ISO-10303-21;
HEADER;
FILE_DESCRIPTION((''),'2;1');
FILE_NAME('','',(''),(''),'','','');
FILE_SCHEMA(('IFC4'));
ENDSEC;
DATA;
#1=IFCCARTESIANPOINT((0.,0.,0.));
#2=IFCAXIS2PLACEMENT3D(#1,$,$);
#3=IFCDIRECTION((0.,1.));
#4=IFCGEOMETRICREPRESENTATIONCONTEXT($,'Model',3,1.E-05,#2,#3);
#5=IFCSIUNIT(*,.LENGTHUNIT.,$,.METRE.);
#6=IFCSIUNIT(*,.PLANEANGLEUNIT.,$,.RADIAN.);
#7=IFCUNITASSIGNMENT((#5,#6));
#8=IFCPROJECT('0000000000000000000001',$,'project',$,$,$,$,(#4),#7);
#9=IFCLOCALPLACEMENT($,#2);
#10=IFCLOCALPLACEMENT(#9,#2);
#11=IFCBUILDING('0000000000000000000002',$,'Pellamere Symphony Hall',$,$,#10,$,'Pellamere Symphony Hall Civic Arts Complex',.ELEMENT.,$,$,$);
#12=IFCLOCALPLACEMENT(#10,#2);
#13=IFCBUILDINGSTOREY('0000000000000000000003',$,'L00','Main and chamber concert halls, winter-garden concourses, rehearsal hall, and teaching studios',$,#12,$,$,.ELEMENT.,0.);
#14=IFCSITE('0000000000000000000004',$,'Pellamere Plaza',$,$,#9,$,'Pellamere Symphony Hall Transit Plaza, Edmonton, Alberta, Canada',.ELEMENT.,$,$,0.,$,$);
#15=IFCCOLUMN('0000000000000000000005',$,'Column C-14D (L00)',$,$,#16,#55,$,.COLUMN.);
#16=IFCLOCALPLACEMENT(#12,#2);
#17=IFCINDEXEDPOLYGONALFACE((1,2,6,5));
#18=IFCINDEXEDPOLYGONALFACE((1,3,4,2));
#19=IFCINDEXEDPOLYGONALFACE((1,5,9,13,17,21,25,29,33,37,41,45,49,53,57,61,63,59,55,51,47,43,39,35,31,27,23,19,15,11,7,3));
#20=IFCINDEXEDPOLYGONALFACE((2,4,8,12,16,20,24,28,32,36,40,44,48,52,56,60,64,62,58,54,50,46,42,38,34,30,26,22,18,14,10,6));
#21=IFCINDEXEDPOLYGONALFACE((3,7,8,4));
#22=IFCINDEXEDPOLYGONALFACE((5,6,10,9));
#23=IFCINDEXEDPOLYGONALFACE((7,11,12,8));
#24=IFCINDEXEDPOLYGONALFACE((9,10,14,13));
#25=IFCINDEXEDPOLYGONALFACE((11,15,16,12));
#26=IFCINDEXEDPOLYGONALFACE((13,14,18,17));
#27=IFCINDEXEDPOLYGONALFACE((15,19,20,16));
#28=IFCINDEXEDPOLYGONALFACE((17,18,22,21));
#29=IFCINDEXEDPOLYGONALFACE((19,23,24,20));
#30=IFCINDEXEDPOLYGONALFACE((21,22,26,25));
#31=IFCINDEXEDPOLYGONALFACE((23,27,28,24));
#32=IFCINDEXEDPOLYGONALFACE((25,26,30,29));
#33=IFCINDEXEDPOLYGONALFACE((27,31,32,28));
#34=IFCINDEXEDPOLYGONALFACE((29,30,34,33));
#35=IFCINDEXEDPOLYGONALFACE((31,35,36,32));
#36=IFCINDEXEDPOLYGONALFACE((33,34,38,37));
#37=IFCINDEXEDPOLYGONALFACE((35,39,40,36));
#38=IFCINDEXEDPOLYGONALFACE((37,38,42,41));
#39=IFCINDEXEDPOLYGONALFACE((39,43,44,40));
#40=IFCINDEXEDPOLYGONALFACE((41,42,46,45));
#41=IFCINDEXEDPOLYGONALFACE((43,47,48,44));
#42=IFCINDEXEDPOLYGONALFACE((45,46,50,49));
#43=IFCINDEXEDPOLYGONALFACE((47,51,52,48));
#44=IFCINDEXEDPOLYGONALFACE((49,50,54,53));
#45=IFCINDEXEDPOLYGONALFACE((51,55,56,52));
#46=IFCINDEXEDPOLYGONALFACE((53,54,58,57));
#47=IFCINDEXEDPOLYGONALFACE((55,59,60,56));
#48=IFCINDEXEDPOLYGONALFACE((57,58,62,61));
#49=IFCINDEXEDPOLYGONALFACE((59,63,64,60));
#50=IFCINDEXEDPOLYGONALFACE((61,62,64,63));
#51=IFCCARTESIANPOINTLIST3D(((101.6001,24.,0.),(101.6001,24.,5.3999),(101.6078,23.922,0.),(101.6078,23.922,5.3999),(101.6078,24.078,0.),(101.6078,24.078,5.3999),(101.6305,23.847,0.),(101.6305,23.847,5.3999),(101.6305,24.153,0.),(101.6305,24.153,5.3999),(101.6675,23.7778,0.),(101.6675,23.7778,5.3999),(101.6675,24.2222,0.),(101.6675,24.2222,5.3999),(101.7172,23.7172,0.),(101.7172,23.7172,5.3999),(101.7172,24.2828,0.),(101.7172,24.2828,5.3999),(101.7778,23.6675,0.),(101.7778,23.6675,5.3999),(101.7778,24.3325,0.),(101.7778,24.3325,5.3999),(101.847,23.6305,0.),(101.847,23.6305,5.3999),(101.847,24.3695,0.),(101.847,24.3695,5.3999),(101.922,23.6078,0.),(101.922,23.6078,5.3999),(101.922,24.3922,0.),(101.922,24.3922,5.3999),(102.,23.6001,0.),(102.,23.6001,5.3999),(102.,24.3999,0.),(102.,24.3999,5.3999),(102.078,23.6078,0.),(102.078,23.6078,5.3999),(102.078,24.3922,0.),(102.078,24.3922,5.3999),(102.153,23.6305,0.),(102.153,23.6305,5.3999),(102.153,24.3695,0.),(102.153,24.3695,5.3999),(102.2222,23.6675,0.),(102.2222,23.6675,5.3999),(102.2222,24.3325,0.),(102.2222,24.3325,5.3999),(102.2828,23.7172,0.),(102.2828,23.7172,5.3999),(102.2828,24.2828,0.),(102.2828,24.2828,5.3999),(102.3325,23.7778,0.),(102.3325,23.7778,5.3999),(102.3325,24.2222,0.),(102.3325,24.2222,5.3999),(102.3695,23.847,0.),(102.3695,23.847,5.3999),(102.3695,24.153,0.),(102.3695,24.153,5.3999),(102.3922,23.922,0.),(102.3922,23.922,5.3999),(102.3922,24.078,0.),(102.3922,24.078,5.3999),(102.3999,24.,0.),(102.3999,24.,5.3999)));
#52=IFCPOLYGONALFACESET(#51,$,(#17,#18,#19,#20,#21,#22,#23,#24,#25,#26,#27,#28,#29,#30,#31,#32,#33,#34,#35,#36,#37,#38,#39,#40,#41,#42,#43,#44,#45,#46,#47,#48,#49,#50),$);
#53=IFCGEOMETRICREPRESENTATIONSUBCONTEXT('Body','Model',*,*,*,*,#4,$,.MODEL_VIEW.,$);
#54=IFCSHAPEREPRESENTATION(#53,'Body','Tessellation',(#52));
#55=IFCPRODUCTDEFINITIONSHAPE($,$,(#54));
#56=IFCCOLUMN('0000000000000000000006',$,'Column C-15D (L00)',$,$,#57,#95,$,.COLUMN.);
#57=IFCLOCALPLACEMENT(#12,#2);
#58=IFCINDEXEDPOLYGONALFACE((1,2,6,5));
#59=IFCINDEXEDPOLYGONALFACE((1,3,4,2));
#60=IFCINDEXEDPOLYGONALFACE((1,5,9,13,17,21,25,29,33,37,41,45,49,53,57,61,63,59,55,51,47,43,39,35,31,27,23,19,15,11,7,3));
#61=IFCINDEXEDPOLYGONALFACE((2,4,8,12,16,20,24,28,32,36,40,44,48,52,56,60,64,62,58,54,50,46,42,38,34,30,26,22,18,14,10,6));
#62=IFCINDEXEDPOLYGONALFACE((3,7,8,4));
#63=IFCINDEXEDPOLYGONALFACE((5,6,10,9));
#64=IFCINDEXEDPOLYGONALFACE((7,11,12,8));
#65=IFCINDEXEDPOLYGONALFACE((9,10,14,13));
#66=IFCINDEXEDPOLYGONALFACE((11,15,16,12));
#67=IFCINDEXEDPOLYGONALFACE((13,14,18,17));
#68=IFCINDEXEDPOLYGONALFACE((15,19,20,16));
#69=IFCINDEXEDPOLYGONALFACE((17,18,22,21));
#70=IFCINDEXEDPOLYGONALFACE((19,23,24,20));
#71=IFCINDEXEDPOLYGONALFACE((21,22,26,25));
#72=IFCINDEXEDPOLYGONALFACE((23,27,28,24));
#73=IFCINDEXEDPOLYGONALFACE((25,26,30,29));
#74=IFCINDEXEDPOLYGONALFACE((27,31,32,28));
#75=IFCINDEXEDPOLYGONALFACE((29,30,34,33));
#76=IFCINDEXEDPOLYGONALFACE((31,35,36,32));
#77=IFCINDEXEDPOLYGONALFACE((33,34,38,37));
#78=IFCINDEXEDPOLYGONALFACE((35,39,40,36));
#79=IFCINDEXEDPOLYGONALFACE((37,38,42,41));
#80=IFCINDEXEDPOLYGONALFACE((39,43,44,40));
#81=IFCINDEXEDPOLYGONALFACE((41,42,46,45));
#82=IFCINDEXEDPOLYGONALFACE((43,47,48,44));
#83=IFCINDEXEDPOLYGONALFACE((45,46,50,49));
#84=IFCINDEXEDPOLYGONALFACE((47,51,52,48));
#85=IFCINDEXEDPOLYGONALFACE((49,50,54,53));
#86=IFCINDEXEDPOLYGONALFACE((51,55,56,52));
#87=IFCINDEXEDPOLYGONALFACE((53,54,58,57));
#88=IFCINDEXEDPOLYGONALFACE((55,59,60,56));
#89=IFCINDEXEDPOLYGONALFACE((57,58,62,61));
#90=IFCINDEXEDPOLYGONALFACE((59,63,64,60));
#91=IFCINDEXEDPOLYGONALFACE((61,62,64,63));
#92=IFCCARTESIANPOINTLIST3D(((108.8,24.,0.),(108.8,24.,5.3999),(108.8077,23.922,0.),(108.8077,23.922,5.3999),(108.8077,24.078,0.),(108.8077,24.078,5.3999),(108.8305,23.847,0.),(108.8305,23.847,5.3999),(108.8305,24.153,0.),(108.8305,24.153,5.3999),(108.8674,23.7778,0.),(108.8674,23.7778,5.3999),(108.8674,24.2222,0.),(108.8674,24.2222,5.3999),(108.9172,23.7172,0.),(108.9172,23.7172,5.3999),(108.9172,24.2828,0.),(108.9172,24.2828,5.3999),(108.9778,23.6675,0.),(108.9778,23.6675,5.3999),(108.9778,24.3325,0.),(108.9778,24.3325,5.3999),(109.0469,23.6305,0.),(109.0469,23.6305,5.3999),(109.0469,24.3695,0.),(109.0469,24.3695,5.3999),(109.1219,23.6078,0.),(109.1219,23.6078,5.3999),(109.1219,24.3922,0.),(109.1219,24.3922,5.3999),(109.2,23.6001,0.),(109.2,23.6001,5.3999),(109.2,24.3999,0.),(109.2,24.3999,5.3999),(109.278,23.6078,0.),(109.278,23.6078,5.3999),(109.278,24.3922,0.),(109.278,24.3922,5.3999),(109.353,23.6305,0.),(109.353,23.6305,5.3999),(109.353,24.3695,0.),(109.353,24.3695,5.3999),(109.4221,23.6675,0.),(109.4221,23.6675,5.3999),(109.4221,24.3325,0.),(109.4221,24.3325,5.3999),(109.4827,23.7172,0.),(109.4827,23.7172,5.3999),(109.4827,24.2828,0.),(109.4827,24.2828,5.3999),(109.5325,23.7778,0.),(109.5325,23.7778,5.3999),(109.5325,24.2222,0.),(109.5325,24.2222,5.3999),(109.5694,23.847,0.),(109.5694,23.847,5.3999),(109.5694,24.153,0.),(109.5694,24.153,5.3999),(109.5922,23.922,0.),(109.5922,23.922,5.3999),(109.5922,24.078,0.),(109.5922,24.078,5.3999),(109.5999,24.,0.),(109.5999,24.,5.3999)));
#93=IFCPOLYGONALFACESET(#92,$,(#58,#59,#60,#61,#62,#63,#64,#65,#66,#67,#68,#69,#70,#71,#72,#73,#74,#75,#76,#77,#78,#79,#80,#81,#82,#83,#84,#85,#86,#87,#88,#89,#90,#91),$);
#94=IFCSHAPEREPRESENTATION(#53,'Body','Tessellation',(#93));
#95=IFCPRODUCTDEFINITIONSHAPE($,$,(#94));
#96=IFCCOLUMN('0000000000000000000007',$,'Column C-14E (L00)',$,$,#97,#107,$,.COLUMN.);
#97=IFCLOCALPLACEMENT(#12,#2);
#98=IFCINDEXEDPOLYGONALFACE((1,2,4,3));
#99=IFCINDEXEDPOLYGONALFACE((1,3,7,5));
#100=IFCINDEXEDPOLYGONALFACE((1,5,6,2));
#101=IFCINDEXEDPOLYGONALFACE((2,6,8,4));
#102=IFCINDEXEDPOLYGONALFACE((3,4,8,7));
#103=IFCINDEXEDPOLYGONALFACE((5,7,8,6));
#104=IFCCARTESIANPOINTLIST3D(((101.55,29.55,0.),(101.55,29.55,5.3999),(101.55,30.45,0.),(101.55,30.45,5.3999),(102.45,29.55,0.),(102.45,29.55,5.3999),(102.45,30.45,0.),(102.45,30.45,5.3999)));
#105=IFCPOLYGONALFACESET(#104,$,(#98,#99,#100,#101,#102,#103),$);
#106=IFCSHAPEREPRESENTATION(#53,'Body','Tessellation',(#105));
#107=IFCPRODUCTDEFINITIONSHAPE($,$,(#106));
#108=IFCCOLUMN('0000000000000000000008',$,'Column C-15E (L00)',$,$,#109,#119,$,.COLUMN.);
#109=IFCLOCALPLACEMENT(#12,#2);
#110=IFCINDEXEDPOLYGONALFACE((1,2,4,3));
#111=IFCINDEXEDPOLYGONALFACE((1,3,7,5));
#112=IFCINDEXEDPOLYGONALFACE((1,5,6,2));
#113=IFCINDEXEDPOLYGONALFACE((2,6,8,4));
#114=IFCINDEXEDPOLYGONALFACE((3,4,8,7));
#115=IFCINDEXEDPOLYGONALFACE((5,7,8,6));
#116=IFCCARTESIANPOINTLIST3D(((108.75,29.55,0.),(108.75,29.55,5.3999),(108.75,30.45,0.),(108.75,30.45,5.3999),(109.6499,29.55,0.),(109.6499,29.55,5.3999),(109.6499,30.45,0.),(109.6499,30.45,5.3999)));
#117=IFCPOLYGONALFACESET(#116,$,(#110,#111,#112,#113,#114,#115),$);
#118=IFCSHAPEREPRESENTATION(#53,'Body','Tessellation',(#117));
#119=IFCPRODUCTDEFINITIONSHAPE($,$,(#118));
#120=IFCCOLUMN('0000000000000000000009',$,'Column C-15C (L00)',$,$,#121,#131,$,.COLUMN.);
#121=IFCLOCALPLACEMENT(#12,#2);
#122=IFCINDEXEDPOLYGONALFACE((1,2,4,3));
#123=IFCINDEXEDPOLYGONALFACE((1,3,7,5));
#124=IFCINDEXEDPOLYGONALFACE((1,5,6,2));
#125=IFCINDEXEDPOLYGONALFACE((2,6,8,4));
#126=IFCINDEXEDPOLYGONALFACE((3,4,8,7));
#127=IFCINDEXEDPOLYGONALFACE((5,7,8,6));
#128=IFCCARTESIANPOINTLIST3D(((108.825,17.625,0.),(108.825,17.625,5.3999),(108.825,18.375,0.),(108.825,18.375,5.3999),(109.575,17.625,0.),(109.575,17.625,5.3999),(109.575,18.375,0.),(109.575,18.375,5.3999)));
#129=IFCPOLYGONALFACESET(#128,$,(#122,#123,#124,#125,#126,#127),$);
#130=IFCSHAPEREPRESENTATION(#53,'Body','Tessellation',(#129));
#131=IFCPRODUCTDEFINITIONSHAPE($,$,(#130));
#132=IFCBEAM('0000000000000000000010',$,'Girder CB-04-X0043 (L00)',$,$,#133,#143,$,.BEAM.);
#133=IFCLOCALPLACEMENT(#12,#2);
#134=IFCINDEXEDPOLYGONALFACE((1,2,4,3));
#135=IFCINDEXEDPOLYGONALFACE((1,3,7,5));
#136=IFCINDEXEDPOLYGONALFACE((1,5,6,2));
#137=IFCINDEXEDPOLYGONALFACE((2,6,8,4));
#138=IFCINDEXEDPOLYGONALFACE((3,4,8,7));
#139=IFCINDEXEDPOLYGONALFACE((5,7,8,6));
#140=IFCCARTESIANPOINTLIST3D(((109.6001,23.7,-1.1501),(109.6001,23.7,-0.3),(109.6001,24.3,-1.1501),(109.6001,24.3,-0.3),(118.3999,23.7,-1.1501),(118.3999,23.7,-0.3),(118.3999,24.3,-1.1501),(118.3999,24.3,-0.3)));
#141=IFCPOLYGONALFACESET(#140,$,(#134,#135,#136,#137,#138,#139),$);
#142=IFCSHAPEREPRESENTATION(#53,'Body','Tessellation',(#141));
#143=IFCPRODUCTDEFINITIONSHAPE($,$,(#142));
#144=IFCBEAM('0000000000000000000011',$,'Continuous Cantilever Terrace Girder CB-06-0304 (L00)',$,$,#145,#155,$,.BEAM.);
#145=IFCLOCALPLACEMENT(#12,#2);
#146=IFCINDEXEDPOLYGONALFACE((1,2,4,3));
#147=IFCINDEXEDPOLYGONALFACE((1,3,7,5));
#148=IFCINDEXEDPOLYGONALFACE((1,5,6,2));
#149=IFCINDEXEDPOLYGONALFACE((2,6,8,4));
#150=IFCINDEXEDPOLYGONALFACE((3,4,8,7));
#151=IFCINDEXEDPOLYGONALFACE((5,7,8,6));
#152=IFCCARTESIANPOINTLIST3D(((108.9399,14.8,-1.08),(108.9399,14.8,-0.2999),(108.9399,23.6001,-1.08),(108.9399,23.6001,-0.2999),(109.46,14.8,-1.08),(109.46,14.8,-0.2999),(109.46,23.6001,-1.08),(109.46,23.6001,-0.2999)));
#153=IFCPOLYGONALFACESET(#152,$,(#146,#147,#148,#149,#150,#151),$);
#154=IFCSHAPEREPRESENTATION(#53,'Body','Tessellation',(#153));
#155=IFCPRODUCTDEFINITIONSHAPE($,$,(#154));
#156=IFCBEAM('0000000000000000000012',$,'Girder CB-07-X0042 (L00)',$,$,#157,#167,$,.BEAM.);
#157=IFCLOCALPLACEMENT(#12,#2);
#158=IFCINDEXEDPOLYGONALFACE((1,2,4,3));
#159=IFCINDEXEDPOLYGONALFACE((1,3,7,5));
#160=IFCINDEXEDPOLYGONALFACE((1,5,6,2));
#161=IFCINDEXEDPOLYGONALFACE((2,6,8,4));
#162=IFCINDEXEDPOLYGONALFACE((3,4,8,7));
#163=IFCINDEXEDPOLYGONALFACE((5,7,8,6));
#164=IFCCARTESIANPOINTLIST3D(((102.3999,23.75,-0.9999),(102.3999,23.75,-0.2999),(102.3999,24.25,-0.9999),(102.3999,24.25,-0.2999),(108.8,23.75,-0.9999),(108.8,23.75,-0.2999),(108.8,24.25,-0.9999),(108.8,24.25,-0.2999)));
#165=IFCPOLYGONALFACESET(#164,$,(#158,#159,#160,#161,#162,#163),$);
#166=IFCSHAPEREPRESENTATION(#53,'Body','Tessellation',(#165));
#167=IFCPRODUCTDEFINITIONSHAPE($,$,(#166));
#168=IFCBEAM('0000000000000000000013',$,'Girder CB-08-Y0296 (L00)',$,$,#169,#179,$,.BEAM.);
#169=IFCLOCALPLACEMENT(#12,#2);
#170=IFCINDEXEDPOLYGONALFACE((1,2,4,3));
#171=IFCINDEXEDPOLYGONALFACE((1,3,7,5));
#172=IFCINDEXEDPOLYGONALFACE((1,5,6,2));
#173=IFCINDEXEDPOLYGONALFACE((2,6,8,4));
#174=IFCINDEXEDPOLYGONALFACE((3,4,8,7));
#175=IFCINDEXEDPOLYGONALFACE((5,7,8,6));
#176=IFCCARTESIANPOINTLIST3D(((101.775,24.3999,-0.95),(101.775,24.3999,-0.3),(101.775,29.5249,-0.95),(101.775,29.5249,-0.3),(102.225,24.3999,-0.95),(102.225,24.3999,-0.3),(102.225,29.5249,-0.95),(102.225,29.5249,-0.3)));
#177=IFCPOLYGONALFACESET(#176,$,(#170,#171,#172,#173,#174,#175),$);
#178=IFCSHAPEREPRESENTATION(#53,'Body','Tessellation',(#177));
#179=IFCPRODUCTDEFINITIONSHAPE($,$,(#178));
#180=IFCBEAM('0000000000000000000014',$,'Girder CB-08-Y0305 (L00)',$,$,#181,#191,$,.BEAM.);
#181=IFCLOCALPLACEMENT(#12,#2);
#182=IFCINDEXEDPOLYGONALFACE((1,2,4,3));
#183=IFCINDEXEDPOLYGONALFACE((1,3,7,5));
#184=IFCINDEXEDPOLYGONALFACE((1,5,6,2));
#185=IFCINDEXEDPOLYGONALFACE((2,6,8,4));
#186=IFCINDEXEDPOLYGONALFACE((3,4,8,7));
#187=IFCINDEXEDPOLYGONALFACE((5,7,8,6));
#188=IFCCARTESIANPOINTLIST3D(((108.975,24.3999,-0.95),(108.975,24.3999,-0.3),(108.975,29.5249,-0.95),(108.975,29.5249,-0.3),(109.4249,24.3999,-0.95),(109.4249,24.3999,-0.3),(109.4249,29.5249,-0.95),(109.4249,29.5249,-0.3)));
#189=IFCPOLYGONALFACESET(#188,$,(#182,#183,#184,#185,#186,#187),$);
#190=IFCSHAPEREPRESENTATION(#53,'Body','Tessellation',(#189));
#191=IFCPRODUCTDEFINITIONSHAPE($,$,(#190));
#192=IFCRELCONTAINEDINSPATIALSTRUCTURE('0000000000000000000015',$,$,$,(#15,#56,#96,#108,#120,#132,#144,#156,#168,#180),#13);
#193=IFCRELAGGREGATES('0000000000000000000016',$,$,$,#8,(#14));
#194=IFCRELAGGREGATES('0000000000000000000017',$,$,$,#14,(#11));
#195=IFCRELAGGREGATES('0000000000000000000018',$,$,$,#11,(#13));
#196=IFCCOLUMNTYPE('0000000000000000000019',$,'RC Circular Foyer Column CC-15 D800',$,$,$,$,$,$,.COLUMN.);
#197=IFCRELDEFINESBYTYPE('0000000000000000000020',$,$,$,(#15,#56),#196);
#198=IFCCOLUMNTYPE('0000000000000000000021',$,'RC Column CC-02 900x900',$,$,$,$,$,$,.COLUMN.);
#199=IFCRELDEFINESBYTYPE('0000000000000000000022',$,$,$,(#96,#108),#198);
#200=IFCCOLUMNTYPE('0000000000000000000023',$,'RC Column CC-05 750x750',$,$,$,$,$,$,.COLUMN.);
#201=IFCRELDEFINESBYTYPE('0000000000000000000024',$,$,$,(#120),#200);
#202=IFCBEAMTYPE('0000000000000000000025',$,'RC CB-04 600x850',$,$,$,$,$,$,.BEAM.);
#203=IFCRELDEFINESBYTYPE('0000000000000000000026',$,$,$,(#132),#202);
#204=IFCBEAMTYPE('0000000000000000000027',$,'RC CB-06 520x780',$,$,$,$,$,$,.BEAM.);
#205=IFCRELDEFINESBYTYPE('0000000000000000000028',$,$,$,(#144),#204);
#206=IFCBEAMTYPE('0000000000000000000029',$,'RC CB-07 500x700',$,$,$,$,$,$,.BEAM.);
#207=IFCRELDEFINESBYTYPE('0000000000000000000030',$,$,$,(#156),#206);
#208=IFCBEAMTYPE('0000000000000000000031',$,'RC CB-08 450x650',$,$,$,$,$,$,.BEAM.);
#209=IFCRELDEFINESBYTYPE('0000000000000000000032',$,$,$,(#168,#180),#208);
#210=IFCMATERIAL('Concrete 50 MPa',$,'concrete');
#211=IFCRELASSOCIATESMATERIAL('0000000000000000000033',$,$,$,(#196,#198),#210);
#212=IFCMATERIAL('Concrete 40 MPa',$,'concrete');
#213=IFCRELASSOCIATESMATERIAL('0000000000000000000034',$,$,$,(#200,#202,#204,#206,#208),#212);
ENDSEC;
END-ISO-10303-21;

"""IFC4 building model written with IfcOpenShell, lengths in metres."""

from ifc_helpers import new_model, si_unit, direction, frame, origin, origin_2d, place, context, subcontext, project, spatial, rectangle, circle, extrude, material, material_profile, profile_set, type_object, element, save


model = new_model("IFC4")

# Units and contexts
model_context = context("Model", 3, precision=1e-05, world=origin(), true_north=direction((0.0, 1.0)))
body_context = subcontext(model_context, "Body", "Model", "MODEL_VIEW")
ifc_project = project(units=[si_unit("LENGTHUNIT", "METRE"), si_unit("PLANEANGLEUNIT", "RADIAN")], contexts=[model_context])

# Site, building, storey
site_placement = place(None, origin())
site = spatial("IfcSite", under=ifc_project, at=site_placement, Name="Pellamere Plaza", LongName="Pellamere Symphony Hall Transit Plaza, Edmonton, Alberta, Canada", CompositionType="ELEMENT", RefElevation=0.0)
building_placement = place(site_placement, origin())
building = spatial("IfcBuilding", under=site, at=building_placement, Name="Pellamere Symphony Hall", LongName="Pellamere Symphony Hall Civic Arts Complex", CompositionType="ELEMENT")
storey_placement = place(building_placement, origin())
storey = spatial("IfcBuildingStorey", under=building, at=storey_placement, Name="L00", Description="Main and chamber concert halls, winter-garden concourses, rehearsal hall, and teaching studios", CompositionType="ELEMENT", Elevation=0.0)

# Columns
ifc_material_1 = material(Name="Concrete 50 MPa", Category="concrete")
ifc_material_profile_1 = material_profile(ifc_material_1, circle(Radius=0.3999, at=origin_2d()), Name="RCCOL D800")
ifc_profile_set_1 = profile_set([ifc_material_profile_1], Name="Concrete 50 MPa")
column_type_1 = type_object("IfcColumnType", Name="RC Circular Foyer Column CC-15 D800", PredefinedType="COLUMN", material=ifc_profile_set_1)
for number, where, z_axis, x_axis, name in (
    (1, (102.0, 24.0, 0.0), (0.0, 0.0, 1.0), (1.0, 0.0, 0.0), "Column C-14D (L00)"),
    (2, (109.2, 24.0, 0.0), (0.0, 0.0, 1.0), (1.0, 0.0, 0.0), "Column C-15D (L00)"),
):
    element("IfcColumn", number, at=place(storey_placement, frame(where, z_axis=z_axis, x_axis=x_axis)), inside=storey, type_object=column_type_1, Name=name, PredefinedType="COLUMN", context=body_context, shape_type="SweptSolid", body=[
        extrude(circle(Radius=0.3999, at=origin_2d()), origin(), (0.0, 0.0, 1.0), 5.3999),
    ])
ifc_material_profile_2 = material_profile(ifc_material_1, rectangle(XDim=0.8999, YDim=0.8999, at=origin_2d()), Name="RC 900x900")
ifc_profile_set_2 = profile_set([ifc_material_profile_2], Name="Concrete 50 MPa")
column_type_2 = type_object("IfcColumnType", Name="RC Column CC-02 900x900", PredefinedType="COLUMN", material=ifc_profile_set_2)
for number, where, z_axis, x_axis, name in (
    (3, (102.0, 30.0, 0.0), (0.0, 0.0, 1.0), (1.0, 0.0, 0.0), "Column C-14E (L00)"),
    (4, (109.2, 30.0, 0.0), (0.0, 0.0, 1.0), (1.0, 0.0, 0.0), "Column C-15E (L00)"),
):
    element("IfcColumn", number, at=place(storey_placement, frame(where, z_axis=z_axis, x_axis=x_axis)), inside=storey, type_object=column_type_2, Name=name, PredefinedType="COLUMN", context=body_context, shape_type="SweptSolid", body=[
        extrude(rectangle(XDim=0.8999, YDim=0.8999, at=origin_2d()), origin(), (0.0, 0.0, 1.0), 5.3999),
    ])
ifc_material_2 = material(Name="Concrete 40 MPa", Category="concrete")
ifc_material_profile_3 = material_profile(ifc_material_2, rectangle(XDim=0.75, YDim=0.75, at=origin_2d()), Name="RC 750x750")
ifc_profile_set_3 = profile_set([ifc_material_profile_3], Name="Concrete 40 MPa")
column_type_3 = type_object("IfcColumnType", Name="RC Column CC-05 750x750", PredefinedType="COLUMN", material=ifc_profile_set_3)
column_placement = place(storey_placement, frame((109.2, 18.0, 0.0), z_axis=(0.0, 0.0, 1.0), x_axis=(1.0, 0.0, 0.0)))
element("IfcColumn", 5, at=column_placement, inside=storey, type_object=column_type_3, Name="Column C-15C (L00)", PredefinedType="COLUMN", context=body_context, shape_type="SweptSolid", body=[
    extrude(rectangle(XDim=0.75, YDim=0.75, at=origin_2d()), origin(), (0.0, 0.0, 1.0), 5.3999),
])

# Beams
ifc_material_profile_4 = material_profile(ifc_material_2, rectangle(XDim=0.6001, YDim=0.8501, at=origin_2d()), Name="RC 600x850")
ifc_profile_set_4 = profile_set([ifc_material_profile_4], Name="Concrete 40 MPa")
beam_type_1 = type_object("IfcBeamType", Name="RC CB-04 600x850", PredefinedType="BEAM", material=ifc_profile_set_4)
beam_1_placement = place(storey_placement, frame((109.6001, 24.0, -0.7251), z_axis=(1.0, 0.0, 0.0), x_axis=(0.0, 1.0, 0.0)))
element("IfcBeam", 6, at=beam_1_placement, inside=storey, type_object=beam_type_1, Name="Girder CB-04-X0043 (L00)", PredefinedType="BEAM", context=body_context, shape_type="SweptSolid", body=[
    extrude(rectangle(XDim=0.6001, YDim=0.8501, at=origin_2d()), origin(), (0.0, 0.0, 1.0), 8.7998),
])
ifc_material_profile_5 = material_profile(ifc_material_2, rectangle(XDim=0.52, YDim=0.78, at=origin_2d()), Name="RC 520x780")
ifc_profile_set_5 = profile_set([ifc_material_profile_5], Name="Concrete 40 MPa")
beam_type_2 = type_object("IfcBeamType", Name="RC CB-06 520x780", PredefinedType="BEAM", material=ifc_profile_set_5)
beam_2_placement = place(storey_placement, frame((109.2, 14.8, -0.6899), z_axis=(0.0, 1.0, 0.0), x_axis=(-1.0, 0.0, 0.0)))
element("IfcBeam", 7, at=beam_2_placement, inside=storey, type_object=beam_type_2, Name="Continuous Cantilever Terrace Girder CB-06-0304 (L00)", PredefinedType="BEAM", context=body_context, shape_type="SweptSolid", body=[
    extrude(rectangle(XDim=0.52, YDim=0.78, at=origin_2d()), origin(), (0.0, 0.0, 1.0), 8.8),
])
ifc_material_profile_6 = material_profile(ifc_material_2, rectangle(XDim=0.5, YDim=0.7, at=origin_2d()), Name="RC 500x700")
ifc_profile_set_6 = profile_set([ifc_material_profile_6], Name="Concrete 40 MPa")
beam_type_3 = type_object("IfcBeamType", Name="RC CB-07 500x700", PredefinedType="BEAM", material=ifc_profile_set_6)
beam_3_placement = place(storey_placement, frame((102.3999, 24.0, -0.6499), z_axis=(1.0, 0.0, 0.0), x_axis=(0.0, 1.0, 0.0)))
element("IfcBeam", 8, at=beam_3_placement, inside=storey, type_object=beam_type_3, Name="Girder CB-07-X0042 (L00)", PredefinedType="BEAM", context=body_context, shape_type="SweptSolid", body=[
    extrude(rectangle(XDim=0.5, YDim=0.7, at=origin_2d()), origin(), (0.0, 0.0, 1.0), 6.4001),
])
ifc_material_profile_7 = material_profile(ifc_material_2, rectangle(XDim=0.45, YDim=0.6499, at=origin_2d()), Name="RC 450x650")
ifc_profile_set_7 = profile_set([ifc_material_profile_7], Name="Concrete 40 MPa")
beam_type_4 = type_object("IfcBeamType", Name="RC CB-08 450x650", PredefinedType="BEAM", material=ifc_profile_set_7)
for number, where, z_axis, x_axis, name in (
    (9, (102.0, 24.3999, -0.625), (0.0, 1.0, 0.0), (-1.0, 0.0, 0.0), "Girder CB-08-Y0296 (L00)"),
    (10, (109.2, 24.3999, -0.625), (0.0, 1.0, 0.0), (-1.0, 0.0, 0.0), "Girder CB-08-Y0305 (L00)"),
):
    element("IfcBeam", number, at=place(storey_placement, frame(where, z_axis=z_axis, x_axis=x_axis)), inside=storey, type_object=beam_type_4, Name=name, PredefinedType="BEAM", context=body_context, shape_type="SweptSolid", body=[
        extrude(rectangle(XDim=0.45, YDim=0.6499, at=origin_2d()), origin(), (0.0, 0.0, 1.0), 5.125),
    ])

save(model, "model.ifc")
